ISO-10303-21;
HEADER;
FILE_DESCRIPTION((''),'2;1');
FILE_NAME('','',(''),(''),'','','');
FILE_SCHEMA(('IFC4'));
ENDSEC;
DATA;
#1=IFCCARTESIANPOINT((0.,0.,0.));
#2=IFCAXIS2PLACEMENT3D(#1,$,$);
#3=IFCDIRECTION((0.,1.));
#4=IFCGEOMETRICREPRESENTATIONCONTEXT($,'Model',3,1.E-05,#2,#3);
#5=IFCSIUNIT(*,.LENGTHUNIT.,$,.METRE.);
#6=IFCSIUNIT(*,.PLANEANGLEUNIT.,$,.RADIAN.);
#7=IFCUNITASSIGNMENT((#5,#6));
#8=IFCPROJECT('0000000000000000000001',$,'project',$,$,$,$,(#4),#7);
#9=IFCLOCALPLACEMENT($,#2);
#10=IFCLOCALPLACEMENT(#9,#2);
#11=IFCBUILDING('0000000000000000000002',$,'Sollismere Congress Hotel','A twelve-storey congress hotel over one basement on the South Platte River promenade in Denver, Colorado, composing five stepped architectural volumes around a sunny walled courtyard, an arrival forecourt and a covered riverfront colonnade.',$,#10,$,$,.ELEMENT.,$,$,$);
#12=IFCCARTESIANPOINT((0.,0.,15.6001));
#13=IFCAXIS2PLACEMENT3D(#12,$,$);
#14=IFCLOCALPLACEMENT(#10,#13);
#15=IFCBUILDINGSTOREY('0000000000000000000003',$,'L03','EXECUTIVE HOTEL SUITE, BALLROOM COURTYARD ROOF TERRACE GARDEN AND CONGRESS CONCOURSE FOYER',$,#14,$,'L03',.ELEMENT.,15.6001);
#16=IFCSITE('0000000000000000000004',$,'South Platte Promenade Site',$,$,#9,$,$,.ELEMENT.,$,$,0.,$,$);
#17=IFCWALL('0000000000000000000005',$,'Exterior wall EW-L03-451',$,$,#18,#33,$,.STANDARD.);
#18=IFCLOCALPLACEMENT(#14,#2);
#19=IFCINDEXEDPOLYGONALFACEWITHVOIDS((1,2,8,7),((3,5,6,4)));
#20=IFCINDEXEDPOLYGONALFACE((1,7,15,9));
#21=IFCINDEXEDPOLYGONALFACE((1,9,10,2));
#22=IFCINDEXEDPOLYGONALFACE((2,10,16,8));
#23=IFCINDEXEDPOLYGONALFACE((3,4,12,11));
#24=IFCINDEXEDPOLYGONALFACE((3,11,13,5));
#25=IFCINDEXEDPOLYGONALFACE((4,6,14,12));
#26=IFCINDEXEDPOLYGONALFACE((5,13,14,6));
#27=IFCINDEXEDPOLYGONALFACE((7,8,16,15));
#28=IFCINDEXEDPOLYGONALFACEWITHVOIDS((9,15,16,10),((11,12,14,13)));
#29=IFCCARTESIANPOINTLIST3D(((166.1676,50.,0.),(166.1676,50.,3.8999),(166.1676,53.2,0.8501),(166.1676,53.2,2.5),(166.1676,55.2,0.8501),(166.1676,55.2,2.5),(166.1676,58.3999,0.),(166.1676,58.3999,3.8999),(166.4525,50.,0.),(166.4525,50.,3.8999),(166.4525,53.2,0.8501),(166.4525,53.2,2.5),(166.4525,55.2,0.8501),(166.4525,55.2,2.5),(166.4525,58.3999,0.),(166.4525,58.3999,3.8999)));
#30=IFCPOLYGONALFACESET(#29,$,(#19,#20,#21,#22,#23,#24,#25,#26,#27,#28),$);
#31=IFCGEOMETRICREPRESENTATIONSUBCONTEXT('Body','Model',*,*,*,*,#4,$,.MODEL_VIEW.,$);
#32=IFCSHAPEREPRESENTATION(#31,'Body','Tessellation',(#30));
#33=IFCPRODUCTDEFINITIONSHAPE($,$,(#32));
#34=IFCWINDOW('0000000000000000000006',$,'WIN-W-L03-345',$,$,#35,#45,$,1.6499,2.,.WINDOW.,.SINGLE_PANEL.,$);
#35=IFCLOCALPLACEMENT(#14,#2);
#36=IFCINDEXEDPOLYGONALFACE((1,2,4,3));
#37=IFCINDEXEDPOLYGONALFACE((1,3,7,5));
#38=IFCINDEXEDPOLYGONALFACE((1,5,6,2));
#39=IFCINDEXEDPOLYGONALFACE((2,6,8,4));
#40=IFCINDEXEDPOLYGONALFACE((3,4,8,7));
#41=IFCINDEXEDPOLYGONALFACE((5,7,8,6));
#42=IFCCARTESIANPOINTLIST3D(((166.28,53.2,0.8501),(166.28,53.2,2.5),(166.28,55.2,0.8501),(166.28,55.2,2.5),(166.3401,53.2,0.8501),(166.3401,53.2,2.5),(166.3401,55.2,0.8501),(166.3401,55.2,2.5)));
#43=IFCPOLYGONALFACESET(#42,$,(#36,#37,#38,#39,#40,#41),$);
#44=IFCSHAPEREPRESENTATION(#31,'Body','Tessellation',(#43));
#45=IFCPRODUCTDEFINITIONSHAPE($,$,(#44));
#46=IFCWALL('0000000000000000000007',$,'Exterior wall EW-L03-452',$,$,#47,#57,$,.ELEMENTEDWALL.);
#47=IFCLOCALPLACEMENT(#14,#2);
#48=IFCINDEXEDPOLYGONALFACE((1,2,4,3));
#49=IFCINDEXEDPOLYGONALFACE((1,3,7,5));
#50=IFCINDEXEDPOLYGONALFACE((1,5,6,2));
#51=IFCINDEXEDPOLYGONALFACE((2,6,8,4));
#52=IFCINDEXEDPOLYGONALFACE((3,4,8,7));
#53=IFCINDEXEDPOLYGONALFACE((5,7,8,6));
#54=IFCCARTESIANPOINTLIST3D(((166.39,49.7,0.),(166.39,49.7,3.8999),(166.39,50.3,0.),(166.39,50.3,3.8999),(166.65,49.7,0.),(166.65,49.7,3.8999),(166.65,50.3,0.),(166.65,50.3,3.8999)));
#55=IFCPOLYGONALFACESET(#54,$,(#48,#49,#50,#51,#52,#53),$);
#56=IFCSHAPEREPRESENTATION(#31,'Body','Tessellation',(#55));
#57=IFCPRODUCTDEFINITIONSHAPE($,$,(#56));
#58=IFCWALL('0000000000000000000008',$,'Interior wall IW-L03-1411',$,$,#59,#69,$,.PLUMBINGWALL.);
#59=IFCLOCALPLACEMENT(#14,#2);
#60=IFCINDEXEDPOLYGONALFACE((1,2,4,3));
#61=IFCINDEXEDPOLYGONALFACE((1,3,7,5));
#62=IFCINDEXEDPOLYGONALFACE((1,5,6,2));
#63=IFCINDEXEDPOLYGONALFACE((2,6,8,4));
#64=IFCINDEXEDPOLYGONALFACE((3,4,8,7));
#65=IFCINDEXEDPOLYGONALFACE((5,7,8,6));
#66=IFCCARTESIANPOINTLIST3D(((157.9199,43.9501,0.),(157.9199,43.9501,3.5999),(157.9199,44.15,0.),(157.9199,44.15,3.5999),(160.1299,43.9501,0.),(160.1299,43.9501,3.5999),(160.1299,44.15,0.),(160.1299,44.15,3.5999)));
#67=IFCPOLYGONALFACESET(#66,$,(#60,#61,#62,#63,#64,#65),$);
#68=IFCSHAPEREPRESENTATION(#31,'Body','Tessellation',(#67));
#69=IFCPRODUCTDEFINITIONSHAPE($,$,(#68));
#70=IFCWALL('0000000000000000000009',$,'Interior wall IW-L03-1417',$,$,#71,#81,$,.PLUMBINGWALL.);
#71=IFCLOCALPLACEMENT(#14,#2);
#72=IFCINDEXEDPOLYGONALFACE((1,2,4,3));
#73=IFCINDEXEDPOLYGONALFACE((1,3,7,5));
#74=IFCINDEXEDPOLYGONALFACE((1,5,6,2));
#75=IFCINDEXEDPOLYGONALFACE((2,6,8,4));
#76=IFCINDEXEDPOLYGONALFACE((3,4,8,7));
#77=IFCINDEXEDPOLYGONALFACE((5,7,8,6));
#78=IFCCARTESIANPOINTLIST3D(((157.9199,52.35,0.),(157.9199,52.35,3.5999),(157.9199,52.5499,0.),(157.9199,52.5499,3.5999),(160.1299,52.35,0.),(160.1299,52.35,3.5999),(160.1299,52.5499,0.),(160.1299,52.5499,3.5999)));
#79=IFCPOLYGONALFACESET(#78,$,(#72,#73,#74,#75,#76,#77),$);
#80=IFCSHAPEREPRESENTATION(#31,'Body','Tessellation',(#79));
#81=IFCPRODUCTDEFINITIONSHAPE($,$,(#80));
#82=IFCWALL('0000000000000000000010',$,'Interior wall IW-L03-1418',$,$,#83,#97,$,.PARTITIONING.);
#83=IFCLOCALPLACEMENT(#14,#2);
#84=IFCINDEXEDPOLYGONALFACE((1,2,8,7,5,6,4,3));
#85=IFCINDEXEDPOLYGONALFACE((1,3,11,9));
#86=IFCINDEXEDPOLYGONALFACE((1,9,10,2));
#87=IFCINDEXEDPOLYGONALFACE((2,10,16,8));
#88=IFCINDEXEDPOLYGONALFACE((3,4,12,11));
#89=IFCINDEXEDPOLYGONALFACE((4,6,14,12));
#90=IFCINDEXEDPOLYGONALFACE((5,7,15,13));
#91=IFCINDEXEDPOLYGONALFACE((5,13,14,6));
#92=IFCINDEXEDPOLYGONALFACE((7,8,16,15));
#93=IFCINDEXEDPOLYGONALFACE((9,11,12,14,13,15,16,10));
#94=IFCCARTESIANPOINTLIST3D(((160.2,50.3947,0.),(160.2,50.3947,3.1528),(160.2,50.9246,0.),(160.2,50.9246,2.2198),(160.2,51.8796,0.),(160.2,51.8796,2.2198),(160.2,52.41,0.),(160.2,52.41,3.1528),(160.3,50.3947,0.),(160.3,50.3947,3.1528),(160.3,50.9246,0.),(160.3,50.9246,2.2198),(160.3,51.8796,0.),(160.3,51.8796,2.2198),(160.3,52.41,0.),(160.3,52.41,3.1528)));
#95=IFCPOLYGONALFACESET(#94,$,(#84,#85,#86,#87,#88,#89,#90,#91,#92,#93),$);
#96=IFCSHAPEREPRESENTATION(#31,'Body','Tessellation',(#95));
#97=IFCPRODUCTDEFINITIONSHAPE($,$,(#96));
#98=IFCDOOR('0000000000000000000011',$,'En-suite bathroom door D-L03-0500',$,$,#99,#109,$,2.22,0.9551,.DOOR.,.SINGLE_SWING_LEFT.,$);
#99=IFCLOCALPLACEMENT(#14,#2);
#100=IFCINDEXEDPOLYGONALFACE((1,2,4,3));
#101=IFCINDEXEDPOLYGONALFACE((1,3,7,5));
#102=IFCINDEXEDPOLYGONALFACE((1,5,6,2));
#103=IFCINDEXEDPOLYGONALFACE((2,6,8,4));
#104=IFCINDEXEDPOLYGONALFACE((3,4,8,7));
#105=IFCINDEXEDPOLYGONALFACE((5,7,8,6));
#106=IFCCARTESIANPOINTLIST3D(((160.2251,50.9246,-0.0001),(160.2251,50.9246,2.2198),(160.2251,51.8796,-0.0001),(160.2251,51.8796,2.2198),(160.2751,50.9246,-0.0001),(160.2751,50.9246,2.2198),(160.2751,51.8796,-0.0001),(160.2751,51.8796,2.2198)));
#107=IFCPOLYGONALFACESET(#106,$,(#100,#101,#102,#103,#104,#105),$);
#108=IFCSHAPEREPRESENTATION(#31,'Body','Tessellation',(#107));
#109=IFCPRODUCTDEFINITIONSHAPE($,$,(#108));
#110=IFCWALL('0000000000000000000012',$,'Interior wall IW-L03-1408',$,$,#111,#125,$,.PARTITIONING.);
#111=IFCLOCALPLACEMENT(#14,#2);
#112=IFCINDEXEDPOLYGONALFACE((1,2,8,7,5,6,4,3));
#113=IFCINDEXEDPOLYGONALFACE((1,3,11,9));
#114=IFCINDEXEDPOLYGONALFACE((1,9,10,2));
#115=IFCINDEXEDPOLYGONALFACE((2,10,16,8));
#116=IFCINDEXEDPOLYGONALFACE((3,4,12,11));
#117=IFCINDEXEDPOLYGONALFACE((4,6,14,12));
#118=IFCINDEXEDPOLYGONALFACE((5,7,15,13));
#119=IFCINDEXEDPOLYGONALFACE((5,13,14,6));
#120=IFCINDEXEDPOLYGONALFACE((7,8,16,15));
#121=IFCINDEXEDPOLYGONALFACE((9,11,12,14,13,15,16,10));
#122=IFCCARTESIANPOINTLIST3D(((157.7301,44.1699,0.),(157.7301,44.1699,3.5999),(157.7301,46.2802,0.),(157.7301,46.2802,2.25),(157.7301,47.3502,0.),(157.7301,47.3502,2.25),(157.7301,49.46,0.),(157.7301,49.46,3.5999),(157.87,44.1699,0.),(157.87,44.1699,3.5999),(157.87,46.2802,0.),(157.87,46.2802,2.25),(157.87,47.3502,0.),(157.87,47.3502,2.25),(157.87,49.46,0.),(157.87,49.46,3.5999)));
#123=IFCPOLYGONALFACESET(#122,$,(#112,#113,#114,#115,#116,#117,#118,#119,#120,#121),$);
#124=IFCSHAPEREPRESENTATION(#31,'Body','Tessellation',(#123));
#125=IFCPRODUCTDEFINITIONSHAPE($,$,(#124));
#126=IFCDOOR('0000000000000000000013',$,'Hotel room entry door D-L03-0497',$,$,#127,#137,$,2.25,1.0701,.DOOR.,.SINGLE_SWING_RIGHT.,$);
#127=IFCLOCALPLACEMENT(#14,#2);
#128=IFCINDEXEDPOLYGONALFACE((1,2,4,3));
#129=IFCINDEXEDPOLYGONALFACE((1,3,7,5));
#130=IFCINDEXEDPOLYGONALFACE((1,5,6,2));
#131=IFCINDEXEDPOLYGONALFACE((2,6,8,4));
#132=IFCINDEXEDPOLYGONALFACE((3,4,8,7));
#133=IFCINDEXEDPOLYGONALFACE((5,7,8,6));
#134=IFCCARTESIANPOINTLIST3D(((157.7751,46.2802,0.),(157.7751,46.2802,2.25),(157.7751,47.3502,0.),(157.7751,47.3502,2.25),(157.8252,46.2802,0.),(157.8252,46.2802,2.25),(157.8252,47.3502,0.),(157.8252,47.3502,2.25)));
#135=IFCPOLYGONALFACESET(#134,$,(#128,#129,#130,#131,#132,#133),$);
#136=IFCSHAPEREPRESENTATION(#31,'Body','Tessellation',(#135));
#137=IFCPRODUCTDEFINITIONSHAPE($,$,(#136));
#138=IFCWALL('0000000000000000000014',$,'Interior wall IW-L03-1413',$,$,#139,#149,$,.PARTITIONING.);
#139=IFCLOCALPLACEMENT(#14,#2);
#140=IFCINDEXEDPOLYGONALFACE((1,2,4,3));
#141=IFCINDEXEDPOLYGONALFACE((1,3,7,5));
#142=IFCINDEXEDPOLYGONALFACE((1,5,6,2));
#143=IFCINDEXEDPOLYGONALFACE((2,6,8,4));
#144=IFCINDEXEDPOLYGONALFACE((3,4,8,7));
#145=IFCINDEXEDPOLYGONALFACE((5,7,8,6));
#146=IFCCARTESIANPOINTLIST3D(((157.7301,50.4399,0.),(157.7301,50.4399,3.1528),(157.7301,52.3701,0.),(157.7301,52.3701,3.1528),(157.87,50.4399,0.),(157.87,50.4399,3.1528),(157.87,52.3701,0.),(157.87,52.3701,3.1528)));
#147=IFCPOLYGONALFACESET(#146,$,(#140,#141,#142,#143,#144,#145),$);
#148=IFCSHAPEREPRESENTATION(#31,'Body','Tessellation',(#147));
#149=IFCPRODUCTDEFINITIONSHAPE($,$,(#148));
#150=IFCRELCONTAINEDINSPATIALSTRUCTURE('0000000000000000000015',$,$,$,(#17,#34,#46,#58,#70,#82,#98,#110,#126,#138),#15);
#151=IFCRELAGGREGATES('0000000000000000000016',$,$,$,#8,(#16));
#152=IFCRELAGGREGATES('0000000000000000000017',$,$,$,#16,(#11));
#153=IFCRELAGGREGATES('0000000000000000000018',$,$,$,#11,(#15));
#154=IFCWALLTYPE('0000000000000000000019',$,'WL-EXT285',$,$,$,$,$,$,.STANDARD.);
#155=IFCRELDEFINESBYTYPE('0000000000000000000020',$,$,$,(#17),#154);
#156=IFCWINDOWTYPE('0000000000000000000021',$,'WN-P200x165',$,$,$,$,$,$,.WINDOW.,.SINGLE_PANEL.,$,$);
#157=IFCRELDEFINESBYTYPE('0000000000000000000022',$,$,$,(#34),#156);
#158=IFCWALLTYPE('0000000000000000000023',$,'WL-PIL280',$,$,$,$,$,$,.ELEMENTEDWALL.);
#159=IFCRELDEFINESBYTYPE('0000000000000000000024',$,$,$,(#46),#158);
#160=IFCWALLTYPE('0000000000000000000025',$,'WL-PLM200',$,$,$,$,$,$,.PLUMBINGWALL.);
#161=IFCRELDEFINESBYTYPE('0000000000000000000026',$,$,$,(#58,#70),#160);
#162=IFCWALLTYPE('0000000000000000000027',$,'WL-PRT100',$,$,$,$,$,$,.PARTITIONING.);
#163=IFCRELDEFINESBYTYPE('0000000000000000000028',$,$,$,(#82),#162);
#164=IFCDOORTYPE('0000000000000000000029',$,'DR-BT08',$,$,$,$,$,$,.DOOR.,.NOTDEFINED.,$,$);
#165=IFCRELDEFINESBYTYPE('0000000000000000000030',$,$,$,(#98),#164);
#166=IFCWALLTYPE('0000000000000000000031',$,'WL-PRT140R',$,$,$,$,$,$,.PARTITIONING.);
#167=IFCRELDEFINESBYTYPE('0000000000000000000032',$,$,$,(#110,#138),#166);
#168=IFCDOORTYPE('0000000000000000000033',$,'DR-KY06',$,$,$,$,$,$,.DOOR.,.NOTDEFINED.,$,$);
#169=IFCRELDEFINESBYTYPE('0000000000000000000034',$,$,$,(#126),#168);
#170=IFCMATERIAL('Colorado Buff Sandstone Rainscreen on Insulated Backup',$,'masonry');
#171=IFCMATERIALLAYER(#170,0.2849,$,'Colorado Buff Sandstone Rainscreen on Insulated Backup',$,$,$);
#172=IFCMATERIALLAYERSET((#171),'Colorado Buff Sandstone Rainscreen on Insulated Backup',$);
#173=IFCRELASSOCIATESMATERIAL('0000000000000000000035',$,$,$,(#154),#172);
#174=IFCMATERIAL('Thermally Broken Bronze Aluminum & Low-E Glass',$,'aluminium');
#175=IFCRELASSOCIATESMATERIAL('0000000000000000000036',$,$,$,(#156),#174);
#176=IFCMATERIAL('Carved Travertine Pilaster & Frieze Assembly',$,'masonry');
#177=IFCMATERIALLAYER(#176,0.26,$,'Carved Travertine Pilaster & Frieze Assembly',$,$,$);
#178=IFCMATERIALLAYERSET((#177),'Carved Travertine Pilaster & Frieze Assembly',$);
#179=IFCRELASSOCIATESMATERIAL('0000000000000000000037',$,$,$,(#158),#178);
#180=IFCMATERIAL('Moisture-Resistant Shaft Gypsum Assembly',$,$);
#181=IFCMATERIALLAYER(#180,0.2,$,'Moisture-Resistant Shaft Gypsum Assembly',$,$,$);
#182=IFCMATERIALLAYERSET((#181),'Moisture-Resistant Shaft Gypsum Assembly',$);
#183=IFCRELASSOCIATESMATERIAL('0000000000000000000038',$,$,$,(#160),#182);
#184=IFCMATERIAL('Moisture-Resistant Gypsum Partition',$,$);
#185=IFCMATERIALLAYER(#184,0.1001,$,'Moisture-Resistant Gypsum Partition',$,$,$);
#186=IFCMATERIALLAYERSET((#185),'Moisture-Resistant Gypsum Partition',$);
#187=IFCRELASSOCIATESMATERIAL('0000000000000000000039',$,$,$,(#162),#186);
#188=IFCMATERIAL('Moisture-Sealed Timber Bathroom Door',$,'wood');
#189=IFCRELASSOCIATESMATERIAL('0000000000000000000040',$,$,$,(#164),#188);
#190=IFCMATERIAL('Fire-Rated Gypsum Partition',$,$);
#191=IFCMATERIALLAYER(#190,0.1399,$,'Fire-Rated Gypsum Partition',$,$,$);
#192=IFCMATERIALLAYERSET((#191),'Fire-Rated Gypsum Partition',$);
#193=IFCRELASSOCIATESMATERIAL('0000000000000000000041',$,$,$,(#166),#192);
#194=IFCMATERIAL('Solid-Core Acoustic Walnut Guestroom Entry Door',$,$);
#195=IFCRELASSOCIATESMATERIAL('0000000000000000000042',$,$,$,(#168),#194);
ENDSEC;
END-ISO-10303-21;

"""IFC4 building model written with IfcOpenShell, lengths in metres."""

from ifc_helpers import new_model, si_unit, direction, frame, frame_2d, origin, place, context, subcontext, project, spatial, rectangle, extrude, material, layer, layer_set, type_object, element, fill, save


model = new_model("IFC4")

# Units and contexts
model_context = context("Model", 3, precision=1e-05, world=origin(), true_north=direction((0.0, 1.0)))
body_context = subcontext(model_context, "Body", "Model", "MODEL_VIEW")
ifc_project = project(units=[si_unit("LENGTHUNIT", "METRE"), si_unit("PLANEANGLEUNIT", "RADIAN")], contexts=[model_context])

# Site, building, storey
site_placement = place(None, origin())
site = spatial("IfcSite", under=ifc_project, at=site_placement, Name="South Platte Promenade Site", CompositionType="ELEMENT", RefElevation=0.0)
building_placement = place(site_placement, origin())
building = spatial("IfcBuilding", under=site, at=building_placement, Name="Sollismere Congress Hotel", Description="A twelve-storey congress hotel over one basement on the South Platte River promenade in Denver, Colorado, composing five stepped architectural volumes around a sunny walled courtyard, an arrival forecourt and a covered riverfront colonnade.", CompositionType="ELEMENT")
storey_placement = place(building_placement, frame((0.0, 0.0, 15.6001)))
storey = spatial("IfcBuildingStorey", under=building, at=storey_placement, Name="L03", Description="EXECUTIVE HOTEL SUITE, BALLROOM COURTYARD ROOF TERRACE GARDEN AND CONGRESS CONCOURSE FOYER", LongName="L03", CompositionType="ELEMENT", Elevation=15.6001)

# Shared definitions
ifc_material_1 = material(Name="Colorado Buff Sandstone Rainscreen on Insulated Backup", Category="masonry")
ifc_layer_1 = layer(ifc_material_1, 0.2849, Name="Colorado Buff Sandstone Rainscreen on Insulated Backup")
ifc_layer_set_1 = layer_set([ifc_layer_1], Name="Colorado Buff Sandstone Rainscreen on Insulated Backup")
wall_type_1 = type_object("IfcWallType", Name="WL-EXT285", PredefinedType="STANDARD", material=ifc_layer_set_1)

# Shared definitions
ifc_material_2 = material(Name="Thermally Broken Bronze Aluminum & Low-E Glass", Category="aluminium")

# Wall, opening, window
wall_1_placement = place(storey_placement, frame((166.3101, 50.0, 0.0), z_axis=(0.0, 0.0, 1.0), x_axis=(0.0, 1.0, 0.0)))
wall_1 = element("IfcWall", 1, at=wall_1_placement, inside=storey, type_object=wall_type_1, Name="Exterior wall EW-L03-451", PredefinedType="STANDARD", context=body_context, shape_type="SweptSolid", body=[
    extrude(rectangle(XDim=8.3999, YDim=0.2849, at=frame_2d((4.2, 0.0))), origin(), (0.0, 0.0, 1.0), 3.8999),
])
opening_1_placement = place(wall_1_placement, frame((3.2, 0.0, 0.8501)))
opening_1 = element("IfcOpeningElement", 2, at=opening_1_placement, cuts=wall_1, PredefinedType="OPENING", context=body_context, shape_type="SweptSolid", body=[
    extrude(rectangle(XDim=2.0, YDim=1.6499, at=frame_2d((1.0, 0.825))), frame((0.0, 0.1523, 0.0), z_axis=(0.0, -1.0, 0.0), x_axis=(1.0, 0.0, 0.0)), (0.0, 0.0, 1.0), 0.3049),
])
window_type_1 = type_object("IfcWindowType", Name="WN-P200x165", PartitioningType="SINGLE_PANEL", PredefinedType="WINDOW", material=ifc_material_2)
window_1_placement = place(opening_1_placement, origin())
window_1 = element("IfcWindow", 3, at=window_1_placement, inside=storey, type_object=window_type_1, Name="WIN-W-L03-345", OverallHeight=1.6499, OverallWidth=2.0, PartitioningType="SINGLE_PANEL", PredefinedType="WINDOW", context=body_context, shape_type="SweptSolid", body=[
    extrude(rectangle(XDim=2.0, YDim=1.6499, at=frame_2d((1.0, 0.825))), frame((0.0, 0.03, 0.0), z_axis=(0.0, -1.0, 0.0), x_axis=(1.0, 0.0, 0.0)), (0.0, 0.0, 1.0), 0.0601),
])
fill(opening_1, window_1)

# Walls
ifc_material_3 = material(Name="Carved Travertine Pilaster & Frieze Assembly", Category="masonry")
ifc_layer_2 = layer(ifc_material_3, 0.26, Name="Carved Travertine Pilaster & Frieze Assembly")
ifc_layer_set_2 = layer_set([ifc_layer_2], Name="Carved Travertine Pilaster & Frieze Assembly")
wall_type_2 = type_object("IfcWallType", Name="WL-PIL280", PredefinedType="ELEMENTEDWALL", material=ifc_layer_set_2)
wall_2_placement = place(storey_placement, frame((166.52, 49.7, 0.0), z_axis=(0.0, 0.0, 1.0), x_axis=(0.0, 1.0, 0.0)))
element("IfcWall", 4, at=wall_2_placement, inside=storey, type_object=wall_type_2, Name="Exterior wall EW-L03-452", PredefinedType="ELEMENTEDWALL", context=body_context, shape_type="SweptSolid", body=[
    extrude(rectangle(XDim=0.6001, YDim=0.26, at=frame_2d((0.3, 0.0))), origin(), (0.0, 0.0, 1.0), 3.8999),
])
ifc_material_4 = material(Name="Moisture-Resistant Shaft Gypsum Assembly")
ifc_layer_3 = layer(ifc_material_4, 0.2, Name="Moisture-Resistant Shaft Gypsum Assembly")
ifc_layer_set_3 = layer_set([ifc_layer_3], Name="Moisture-Resistant Shaft Gypsum Assembly")
wall_type_3 = type_object("IfcWallType", Name="WL-PLM200", PredefinedType="PLUMBINGWALL", material=ifc_layer_set_3)
for number, where, z_axis, x_axis, name in (
    (5, (157.9199, 44.05, 0.0), (0.0, 0.0, 1.0), (1.0, 0.0, 0.0), "Interior wall IW-L03-1411"),
    (6, (157.9199, 52.45, 0.0), (0.0, 0.0, 1.0), (1.0, 0.0, 0.0), "Interior wall IW-L03-1417"),
):
    element("IfcWall", number, at=place(storey_placement, frame(where, z_axis=z_axis, x_axis=x_axis)), inside=storey, type_object=wall_type_3, Name=name, PredefinedType="PLUMBINGWALL", context=body_context, shape_type="SweptSolid", body=[
        extrude(rectangle(XDim=2.21, YDim=0.2, at=frame_2d((1.105, 0.0))), origin(), (0.0, 0.0, 1.0), 3.5999),
    ])

# Walls, openings, doors
ifc_material_5 = material(Name="Moisture-Resistant Gypsum Partition")
ifc_layer_4 = layer(ifc_material_5, 0.1001, Name="Moisture-Resistant Gypsum Partition")
ifc_layer_set_4 = layer_set([ifc_layer_4], Name="Moisture-Resistant Gypsum Partition")
wall_type_4 = type_object("IfcWallType", Name="WL-PRT100", PredefinedType="PARTITIONING", material=ifc_layer_set_4)
wall_3_placement = place(storey_placement, frame((160.25, 50.3945, 0.0), z_axis=(0.0, 0.0, 1.0), x_axis=(0.0, 1.0, 0.0)))
wall_3 = element("IfcWall", 7, at=wall_3_placement, inside=storey, type_object=wall_type_4, Name="Interior wall IW-L03-1418", PredefinedType="PARTITIONING", context=body_context, shape_type="SweptSolid", body=[
    extrude(rectangle(XDim=2.0154, YDim=0.1001, at=frame_2d((1.0078, 0.0))), origin(), (0.0, 0.0, 1.0), 3.1528),
])
opening_2_placement = place(wall_3_placement, frame((0.53, 0.0, 0.0)))
opening_2 = element("IfcOpeningElement", 8, at=opening_2_placement, cuts=wall_3, PredefinedType="OPENING", context=body_context, shape_type="SweptSolid", body=[
    extrude(rectangle(XDim=0.9551, YDim=2.22, at=frame_2d((0.4775, 1.1099))), frame((0.0, 0.0601, 0.0), z_axis=(0.0, -1.0, 0.0), x_axis=(1.0, 0.0, 0.0)), (0.0, 0.0, 1.0), 0.1201),
])
ifc_material_6 = material(Name="Moisture-Sealed Timber Bathroom Door", Category="wood")
door_type_1 = type_object("IfcDoorType", Name="DR-BT08", OperationType="NOTDEFINED", PredefinedType="DOOR", material=ifc_material_6)
door_1_placement = place(opening_2_placement, origin())
door_1 = element("IfcDoor", 9, at=door_1_placement, inside=storey, type_object=door_type_1, Name="En-suite bathroom door D-L03-0500", OperationType="SINGLE_SWING_LEFT", OverallHeight=2.22, OverallWidth=0.9551, PredefinedType="DOOR", context=body_context, shape_type="SweptSolid", body=[
    extrude(rectangle(XDim=0.9551, YDim=2.22, at=frame_2d((0.4775, 1.1099))), frame((0.0, 0.0249, 0.0), z_axis=(0.0, -1.0, 0.0), x_axis=(1.0, 0.0, 0.0)), (0.0, 0.0, 1.0), 0.05),
])
fill(opening_2, door_1)
ifc_material_7 = material(Name="Fire-Rated Gypsum Partition")
ifc_layer_5 = layer(ifc_material_7, 0.1399, Name="Fire-Rated Gypsum Partition")
ifc_layer_set_5 = layer_set([ifc_layer_5], Name="Fire-Rated Gypsum Partition")
wall_type_5 = type_object("IfcWallType", Name="WL-PRT140R", PredefinedType="PARTITIONING", material=ifc_layer_set_5)
wall_4_placement = place(storey_placement, frame((157.8, 44.1699, 0.0), z_axis=(0.0, 0.0, 1.0), x_axis=(0.0, 1.0, 0.0)))
wall_4 = element("IfcWall", 10, at=wall_4_placement, inside=storey, type_object=wall_type_5, Name="Interior wall IW-L03-1408", PredefinedType="PARTITIONING", context=body_context, shape_type="SweptSolid", body=[
    extrude(rectangle(XDim=5.29, YDim=0.1399, at=frame_2d((2.645, 0.0))), origin(), (0.0, 0.0, 1.0), 3.5999),
])
opening_3_placement = place(wall_4_placement, frame((2.1101, 0.0, 0.0)))
opening_3 = element("IfcOpeningElement", 11, at=opening_3_placement, cuts=wall_4, PredefinedType="OPENING", context=body_context, shape_type="SweptSolid", body=[
    extrude(rectangle(XDim=1.0701, YDim=2.25, at=frame_2d((0.5352, 1.125))), frame((0.0, 0.0798, 0.0), z_axis=(0.0, -1.0, 0.0), x_axis=(1.0, 0.0, 0.0)), (0.0, 0.0, 1.0), 0.1599),
])
ifc_material_8 = material(Name="Solid-Core Acoustic Walnut Guestroom Entry Door")
door_type_2 = type_object("IfcDoorType", Name="DR-KY06", OperationType="NOTDEFINED", PredefinedType="DOOR", material=ifc_material_8)
door_2_placement = place(opening_3_placement, origin())
door_2 = element("IfcDoor", 12, at=door_2_placement, inside=storey, type_object=door_type_2, Name="Hotel room entry door D-L03-0497", OperationType="SINGLE_SWING_RIGHT", OverallHeight=2.25, OverallWidth=1.0701, PredefinedType="DOOR", context=body_context, shape_type="SweptSolid", body=[
    extrude(rectangle(XDim=1.0701, YDim=2.25, at=frame_2d((0.5352, 1.125))), frame((0.0, 0.0249, 0.0), z_axis=(0.0, -1.0, 0.0), x_axis=(1.0, 0.0, 0.0)), (0.0, 0.0, 1.0), 0.05),
])
fill(opening_3, door_2)

# Wall
wall_5_placement = place(storey_placement, frame((157.8, 50.4399, 0.0), z_axis=(0.0, 0.0, 1.0), x_axis=(0.0, 1.0, 0.0)))
element("IfcWall", 13, at=wall_5_placement, inside=storey, type_object=wall_type_5, Name="Interior wall IW-L03-1413", PredefinedType="PARTITIONING", context=body_context, shape_type="SweptSolid", body=[
    extrude(rectangle(XDim=1.9302, YDim=0.1399, at=frame_2d((0.9651, 0.0))), origin(), (0.0, 0.0, 1.0), 3.1528),
])

save(model, "model.ifc")
